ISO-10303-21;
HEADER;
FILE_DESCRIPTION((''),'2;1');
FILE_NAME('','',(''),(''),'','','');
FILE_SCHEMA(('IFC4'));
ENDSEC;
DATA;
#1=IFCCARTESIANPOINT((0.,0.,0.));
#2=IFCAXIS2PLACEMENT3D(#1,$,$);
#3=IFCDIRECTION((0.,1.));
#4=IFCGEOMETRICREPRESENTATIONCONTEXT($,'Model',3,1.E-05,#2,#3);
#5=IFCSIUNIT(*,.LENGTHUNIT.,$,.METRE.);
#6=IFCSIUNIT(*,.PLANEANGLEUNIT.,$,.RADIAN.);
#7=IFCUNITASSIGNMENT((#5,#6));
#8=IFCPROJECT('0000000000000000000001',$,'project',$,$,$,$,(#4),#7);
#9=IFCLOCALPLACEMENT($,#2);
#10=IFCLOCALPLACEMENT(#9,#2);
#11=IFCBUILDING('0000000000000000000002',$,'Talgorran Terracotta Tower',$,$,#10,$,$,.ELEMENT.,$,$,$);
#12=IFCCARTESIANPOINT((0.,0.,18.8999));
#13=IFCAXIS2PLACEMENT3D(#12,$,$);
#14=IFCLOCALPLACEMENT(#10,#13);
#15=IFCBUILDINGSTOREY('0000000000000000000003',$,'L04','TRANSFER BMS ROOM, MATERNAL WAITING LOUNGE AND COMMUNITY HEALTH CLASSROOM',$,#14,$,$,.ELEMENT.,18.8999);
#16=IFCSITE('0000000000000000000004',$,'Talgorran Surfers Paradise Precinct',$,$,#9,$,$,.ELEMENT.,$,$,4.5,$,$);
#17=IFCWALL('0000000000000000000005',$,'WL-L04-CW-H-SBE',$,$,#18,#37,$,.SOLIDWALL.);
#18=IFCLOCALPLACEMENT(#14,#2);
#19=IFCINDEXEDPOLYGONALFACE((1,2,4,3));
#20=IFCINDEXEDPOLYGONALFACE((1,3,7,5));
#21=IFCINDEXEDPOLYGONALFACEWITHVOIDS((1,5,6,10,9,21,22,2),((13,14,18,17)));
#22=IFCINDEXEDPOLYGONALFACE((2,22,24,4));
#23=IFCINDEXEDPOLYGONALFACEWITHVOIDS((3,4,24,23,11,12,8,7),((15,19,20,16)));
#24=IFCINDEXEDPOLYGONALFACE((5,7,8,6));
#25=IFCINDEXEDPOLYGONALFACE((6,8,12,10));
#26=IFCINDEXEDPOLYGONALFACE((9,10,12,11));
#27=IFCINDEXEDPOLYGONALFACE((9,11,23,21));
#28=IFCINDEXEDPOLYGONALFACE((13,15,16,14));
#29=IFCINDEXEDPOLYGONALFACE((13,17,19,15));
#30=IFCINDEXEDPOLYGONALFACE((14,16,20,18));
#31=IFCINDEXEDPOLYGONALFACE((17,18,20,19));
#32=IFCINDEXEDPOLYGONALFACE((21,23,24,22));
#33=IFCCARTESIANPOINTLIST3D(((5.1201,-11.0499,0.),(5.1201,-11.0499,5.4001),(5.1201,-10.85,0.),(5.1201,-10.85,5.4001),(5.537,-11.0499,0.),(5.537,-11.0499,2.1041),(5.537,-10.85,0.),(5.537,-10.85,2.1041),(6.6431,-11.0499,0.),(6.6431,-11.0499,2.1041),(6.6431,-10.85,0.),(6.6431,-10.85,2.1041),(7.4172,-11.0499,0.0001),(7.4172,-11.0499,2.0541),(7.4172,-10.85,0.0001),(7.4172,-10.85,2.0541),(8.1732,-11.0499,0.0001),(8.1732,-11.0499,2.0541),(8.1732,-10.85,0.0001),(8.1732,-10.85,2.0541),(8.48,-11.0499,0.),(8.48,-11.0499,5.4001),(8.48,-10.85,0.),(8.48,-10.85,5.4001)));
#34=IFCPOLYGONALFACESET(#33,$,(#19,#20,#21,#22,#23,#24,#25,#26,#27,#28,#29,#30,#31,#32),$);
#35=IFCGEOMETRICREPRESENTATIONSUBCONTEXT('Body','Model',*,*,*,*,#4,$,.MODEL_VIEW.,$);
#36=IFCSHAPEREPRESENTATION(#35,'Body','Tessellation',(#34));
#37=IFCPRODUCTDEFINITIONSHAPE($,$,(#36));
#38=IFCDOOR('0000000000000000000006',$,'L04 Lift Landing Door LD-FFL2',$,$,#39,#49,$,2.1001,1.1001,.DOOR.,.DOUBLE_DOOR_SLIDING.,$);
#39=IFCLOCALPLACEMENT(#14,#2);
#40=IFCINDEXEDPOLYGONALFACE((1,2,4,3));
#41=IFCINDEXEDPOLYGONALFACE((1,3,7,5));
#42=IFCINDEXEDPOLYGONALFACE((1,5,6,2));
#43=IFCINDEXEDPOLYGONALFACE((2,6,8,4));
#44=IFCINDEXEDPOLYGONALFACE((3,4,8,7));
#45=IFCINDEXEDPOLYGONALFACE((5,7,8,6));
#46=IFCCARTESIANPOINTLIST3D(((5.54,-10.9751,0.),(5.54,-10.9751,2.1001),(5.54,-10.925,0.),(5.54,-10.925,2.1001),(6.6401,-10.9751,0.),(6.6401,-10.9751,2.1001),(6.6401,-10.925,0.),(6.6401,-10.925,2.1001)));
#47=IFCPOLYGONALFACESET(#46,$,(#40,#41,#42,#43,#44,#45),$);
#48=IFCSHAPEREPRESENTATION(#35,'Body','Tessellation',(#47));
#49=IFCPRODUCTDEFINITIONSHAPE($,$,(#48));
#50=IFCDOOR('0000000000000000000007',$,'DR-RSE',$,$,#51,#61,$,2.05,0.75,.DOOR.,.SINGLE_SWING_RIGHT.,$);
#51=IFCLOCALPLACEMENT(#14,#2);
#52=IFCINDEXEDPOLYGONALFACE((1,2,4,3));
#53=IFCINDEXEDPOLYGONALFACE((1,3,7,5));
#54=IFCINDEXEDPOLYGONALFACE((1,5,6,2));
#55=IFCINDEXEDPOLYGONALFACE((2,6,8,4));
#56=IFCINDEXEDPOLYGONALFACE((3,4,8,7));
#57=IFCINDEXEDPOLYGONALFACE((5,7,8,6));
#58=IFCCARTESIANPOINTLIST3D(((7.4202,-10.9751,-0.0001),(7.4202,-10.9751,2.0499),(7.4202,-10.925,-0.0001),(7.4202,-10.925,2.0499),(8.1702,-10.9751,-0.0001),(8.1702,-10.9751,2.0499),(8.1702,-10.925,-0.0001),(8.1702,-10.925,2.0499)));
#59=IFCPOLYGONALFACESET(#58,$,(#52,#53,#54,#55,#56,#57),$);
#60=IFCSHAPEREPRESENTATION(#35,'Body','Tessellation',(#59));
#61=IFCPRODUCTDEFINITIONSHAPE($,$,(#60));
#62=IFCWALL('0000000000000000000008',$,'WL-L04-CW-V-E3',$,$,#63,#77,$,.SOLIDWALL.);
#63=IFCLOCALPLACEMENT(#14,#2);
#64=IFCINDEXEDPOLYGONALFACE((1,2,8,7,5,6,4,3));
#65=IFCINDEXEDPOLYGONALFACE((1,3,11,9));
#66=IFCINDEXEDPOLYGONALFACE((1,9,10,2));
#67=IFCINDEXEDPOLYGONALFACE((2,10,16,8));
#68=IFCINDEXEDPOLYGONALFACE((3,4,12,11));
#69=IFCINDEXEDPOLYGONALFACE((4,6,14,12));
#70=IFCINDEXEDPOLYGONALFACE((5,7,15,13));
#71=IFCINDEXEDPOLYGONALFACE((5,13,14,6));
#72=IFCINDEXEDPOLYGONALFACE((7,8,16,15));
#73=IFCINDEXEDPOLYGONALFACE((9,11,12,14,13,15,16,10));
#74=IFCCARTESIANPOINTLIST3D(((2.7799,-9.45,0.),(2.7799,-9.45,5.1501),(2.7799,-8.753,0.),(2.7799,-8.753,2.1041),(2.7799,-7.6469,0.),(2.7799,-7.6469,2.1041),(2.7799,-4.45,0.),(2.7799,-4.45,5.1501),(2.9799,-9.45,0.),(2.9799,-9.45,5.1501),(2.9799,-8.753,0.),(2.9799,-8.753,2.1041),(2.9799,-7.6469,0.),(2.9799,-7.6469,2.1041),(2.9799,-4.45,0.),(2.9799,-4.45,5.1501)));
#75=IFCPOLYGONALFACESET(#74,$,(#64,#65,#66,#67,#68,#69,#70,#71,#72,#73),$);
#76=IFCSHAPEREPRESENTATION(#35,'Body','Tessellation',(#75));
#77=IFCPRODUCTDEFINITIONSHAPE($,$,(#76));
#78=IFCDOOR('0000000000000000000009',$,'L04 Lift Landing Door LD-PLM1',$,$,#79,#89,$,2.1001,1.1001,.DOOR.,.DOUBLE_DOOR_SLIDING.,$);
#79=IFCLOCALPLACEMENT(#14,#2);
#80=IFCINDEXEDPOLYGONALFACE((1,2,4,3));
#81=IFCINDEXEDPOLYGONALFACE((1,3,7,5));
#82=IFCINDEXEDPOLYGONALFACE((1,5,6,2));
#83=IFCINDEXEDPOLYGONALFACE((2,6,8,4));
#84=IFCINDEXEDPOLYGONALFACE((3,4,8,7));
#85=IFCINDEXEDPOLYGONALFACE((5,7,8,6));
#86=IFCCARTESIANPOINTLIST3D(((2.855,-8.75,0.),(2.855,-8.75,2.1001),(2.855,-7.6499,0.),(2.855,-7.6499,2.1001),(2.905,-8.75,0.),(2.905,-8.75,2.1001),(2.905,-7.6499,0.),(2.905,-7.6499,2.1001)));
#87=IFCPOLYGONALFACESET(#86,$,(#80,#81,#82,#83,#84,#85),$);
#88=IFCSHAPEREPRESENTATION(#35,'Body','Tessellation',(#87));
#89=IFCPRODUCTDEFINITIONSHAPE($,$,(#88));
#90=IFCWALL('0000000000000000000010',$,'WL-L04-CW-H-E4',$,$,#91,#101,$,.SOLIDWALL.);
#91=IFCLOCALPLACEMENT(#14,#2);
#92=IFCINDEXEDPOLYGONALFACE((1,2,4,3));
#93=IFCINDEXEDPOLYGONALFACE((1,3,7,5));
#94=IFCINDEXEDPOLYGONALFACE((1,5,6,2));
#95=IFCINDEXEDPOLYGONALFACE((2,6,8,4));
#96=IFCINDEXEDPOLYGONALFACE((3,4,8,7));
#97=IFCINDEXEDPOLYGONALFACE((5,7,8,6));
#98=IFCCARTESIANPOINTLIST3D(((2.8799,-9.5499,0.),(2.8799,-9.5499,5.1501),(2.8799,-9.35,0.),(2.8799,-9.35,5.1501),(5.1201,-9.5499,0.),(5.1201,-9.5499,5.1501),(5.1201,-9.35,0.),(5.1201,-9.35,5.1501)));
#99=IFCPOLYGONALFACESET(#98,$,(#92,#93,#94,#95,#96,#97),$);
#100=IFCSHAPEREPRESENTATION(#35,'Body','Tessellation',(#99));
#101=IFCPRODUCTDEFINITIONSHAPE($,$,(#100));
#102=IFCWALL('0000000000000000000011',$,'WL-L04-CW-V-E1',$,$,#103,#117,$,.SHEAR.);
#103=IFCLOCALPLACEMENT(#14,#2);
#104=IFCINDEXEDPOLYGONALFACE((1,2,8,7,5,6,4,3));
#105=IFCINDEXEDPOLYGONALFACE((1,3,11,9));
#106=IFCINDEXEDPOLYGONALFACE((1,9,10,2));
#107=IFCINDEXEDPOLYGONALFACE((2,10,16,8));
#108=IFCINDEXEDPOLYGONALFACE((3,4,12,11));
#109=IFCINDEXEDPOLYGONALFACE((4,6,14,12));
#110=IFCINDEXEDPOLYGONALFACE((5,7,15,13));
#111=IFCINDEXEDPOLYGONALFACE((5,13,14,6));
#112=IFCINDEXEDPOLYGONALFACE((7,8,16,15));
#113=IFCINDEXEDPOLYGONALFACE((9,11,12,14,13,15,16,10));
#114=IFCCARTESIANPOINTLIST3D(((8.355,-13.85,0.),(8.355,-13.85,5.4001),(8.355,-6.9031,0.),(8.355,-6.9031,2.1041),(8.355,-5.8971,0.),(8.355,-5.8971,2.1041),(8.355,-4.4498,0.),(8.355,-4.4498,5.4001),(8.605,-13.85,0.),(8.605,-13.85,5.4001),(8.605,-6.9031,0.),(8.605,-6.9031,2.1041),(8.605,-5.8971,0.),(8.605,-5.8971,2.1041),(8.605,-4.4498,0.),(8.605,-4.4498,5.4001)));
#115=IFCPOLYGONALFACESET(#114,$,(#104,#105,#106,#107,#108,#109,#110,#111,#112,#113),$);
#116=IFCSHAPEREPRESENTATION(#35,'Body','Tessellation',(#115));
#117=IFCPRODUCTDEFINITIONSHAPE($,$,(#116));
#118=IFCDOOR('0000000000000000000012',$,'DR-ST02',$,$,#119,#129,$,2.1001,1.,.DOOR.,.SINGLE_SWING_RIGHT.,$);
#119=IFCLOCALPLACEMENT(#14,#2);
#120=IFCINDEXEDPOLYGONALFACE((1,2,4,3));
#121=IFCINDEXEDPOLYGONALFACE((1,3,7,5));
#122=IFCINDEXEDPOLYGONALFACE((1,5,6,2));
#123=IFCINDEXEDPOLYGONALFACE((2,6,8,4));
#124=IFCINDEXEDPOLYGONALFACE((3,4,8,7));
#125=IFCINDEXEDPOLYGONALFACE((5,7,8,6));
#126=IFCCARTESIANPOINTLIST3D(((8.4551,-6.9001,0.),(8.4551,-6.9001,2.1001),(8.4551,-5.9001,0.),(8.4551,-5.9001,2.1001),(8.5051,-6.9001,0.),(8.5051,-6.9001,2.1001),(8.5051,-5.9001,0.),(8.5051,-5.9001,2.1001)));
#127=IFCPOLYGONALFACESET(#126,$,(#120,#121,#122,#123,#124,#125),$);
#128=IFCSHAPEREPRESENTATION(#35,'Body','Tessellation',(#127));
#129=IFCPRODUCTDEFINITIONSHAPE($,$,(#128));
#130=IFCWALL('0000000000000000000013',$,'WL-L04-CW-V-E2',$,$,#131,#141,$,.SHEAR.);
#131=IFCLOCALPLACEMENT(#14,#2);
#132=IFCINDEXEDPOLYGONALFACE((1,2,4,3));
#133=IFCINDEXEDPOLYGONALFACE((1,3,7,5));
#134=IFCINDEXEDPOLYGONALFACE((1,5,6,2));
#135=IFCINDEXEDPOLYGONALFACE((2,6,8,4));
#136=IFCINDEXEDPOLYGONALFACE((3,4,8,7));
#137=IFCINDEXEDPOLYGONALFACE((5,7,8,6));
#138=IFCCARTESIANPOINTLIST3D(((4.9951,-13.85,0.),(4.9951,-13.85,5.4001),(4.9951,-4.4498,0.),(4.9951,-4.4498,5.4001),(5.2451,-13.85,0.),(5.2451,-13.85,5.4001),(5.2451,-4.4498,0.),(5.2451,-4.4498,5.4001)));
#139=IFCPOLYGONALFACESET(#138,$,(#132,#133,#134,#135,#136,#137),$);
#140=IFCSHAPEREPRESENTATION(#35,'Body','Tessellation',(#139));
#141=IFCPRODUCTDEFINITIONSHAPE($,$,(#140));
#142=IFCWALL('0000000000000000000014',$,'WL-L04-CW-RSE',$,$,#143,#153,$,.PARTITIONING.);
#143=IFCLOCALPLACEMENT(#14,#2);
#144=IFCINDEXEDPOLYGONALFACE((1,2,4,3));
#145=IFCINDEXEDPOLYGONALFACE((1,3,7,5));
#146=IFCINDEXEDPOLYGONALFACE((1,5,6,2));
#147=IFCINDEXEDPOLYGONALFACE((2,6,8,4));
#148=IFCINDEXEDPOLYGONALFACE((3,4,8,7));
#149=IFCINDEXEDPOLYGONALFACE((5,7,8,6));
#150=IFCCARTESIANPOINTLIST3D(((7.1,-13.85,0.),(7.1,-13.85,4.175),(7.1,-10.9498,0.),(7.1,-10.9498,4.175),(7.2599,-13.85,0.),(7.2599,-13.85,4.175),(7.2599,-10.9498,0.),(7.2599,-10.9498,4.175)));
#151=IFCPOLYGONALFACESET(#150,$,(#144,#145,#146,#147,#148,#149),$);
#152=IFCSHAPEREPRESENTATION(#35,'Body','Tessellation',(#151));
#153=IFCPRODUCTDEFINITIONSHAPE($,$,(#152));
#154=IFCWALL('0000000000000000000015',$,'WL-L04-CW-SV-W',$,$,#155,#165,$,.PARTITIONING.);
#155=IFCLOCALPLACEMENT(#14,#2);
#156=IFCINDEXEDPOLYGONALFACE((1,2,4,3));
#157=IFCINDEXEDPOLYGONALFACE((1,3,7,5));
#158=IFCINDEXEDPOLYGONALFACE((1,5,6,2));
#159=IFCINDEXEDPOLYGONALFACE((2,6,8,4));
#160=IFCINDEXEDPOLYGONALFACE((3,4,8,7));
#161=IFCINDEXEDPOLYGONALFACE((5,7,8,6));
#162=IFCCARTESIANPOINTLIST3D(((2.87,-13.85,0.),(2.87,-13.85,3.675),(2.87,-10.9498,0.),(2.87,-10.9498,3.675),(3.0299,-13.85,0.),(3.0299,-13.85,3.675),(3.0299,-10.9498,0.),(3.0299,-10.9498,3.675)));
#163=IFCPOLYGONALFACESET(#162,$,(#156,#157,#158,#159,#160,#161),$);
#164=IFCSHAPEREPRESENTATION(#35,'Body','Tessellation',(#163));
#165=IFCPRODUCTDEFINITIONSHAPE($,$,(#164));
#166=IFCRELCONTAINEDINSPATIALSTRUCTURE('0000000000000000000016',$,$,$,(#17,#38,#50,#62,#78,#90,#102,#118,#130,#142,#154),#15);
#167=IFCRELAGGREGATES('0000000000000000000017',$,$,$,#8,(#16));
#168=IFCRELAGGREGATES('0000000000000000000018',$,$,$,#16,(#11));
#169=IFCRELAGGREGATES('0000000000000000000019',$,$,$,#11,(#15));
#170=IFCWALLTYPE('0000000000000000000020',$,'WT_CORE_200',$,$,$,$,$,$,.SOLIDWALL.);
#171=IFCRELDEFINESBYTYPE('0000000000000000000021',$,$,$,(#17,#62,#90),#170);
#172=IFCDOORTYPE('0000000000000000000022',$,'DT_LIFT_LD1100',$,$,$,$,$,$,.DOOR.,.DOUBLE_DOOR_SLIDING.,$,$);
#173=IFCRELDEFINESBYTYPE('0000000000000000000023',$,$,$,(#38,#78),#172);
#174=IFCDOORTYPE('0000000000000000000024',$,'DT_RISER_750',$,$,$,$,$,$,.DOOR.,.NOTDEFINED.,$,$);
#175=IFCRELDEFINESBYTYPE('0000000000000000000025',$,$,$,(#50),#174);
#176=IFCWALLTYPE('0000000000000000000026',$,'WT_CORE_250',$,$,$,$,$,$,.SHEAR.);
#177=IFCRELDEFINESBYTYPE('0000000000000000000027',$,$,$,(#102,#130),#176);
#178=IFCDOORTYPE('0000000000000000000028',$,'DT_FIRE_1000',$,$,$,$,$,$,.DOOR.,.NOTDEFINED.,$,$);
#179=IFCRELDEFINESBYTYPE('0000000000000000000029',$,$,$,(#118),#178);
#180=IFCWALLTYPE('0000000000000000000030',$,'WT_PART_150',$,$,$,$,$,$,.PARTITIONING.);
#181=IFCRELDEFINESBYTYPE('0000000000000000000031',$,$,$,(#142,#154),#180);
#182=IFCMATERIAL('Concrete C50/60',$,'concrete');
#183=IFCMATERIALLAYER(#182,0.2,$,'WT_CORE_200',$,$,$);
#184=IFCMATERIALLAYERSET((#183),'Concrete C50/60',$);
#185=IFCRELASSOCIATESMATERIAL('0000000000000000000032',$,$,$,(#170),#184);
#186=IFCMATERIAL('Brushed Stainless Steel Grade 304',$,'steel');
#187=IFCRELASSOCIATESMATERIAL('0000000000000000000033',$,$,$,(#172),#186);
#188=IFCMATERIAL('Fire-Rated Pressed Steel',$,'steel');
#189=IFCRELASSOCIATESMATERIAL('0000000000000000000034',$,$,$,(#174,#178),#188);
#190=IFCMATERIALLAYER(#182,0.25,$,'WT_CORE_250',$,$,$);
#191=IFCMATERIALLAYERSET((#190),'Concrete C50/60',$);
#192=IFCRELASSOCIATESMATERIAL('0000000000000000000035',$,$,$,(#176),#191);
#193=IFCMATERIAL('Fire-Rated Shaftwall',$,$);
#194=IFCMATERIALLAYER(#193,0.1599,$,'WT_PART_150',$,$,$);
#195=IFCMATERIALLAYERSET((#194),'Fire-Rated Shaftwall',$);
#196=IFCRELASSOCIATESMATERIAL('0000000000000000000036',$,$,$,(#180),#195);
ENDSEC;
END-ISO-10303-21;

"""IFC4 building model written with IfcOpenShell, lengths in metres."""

from ifc_helpers import new_model, si_unit, direction, frame, frame_2d, origin, place, context, subcontext, project, spatial, rectangle, extrude, material, layer, layer_set, type_object, element, fill, save


model = new_model("IFC4")

# Units and contexts
model_context = context("Model", 3, precision=1e-05, world=origin(), true_north=direction((0.0, 1.0)))
body_context = subcontext(model_context, "Body", "Model", "MODEL_VIEW")
ifc_project = project(units=[si_unit("LENGTHUNIT", "METRE"), si_unit("PLANEANGLEUNIT", "RADIAN")], contexts=[model_context])

# Site, building, storey
site_placement = place(None, origin())
site = spatial("IfcSite", under=ifc_project, at=site_placement, Name="Talgorran Surfers Paradise Precinct", CompositionType="ELEMENT", RefElevation=4.5)
building_placement = place(site_placement, origin())
building = spatial("IfcBuilding", under=site, at=building_placement, Name="Talgorran Terracotta Tower", CompositionType="ELEMENT")
storey_placement = place(building_placement, frame((0.0, 0.0, 18.8999)))
storey = spatial("IfcBuildingStorey", under=building, at=storey_placement, Name="L04", Description="TRANSFER BMS ROOM, MATERNAL WAITING LOUNGE AND COMMUNITY HEALTH CLASSROOM", CompositionType="ELEMENT", Elevation=18.8999)

# Shared definitions
ifc_material_1 = material(Name="Concrete C50/60", Category="concrete")
ifc_layer_1 = layer(ifc_material_1, 0.2, Name="WT_CORE_200")
ifc_layer_set_1 = layer_set([ifc_layer_1], Name="Concrete C50/60")
wall_type_1 = type_object("IfcWallType", Name="WT_CORE_200", PredefinedType="SOLIDWALL", material=ifc_layer_set_1)

# Wall, openings, doors
wall_1_placement = place(storey_placement, frame((5.1201, -10.95, 0.0), z_axis=(0.0, 0.0, 1.0), x_axis=(1.0, 0.0, 0.0)))
wall_1 = element("IfcWall", 1, at=wall_1_placement, inside=storey, type_object=wall_type_1, Name="WL-L04-CW-H-SBE", PredefinedType="SOLIDWALL", context=body_context, shape_type="SweptSolid", body=[
    extrude(rectangle(XDim=3.3599, YDim=0.2, at=frame_2d((1.6799, 0.0))), origin(), (0.0, 0.0, 1.0), 5.4001),
])
opening_1_placement = place(wall_1_placement, frame((0.4199, 0.0, 0.0)))
opening_1 = element("IfcOpeningElement", 2, at=opening_1_placement, cuts=wall_1, PredefinedType="OPENING", context=body_context, shape_type="SweptSolid", body=[
    extrude(rectangle(XDim=1.1061, YDim=2.1041, at=frame_2d((0.55, 1.052))), frame((0.0, 0.1099, 0.0), z_axis=(0.0, -1.0, 0.0), x_axis=(1.0, 0.0, 0.0)), (0.0, 0.0, 1.0), 0.22),
])
opening_2_placement = place(wall_1_placement, frame((2.3, 0.0, 0.0)))
opening_2 = element("IfcOpeningElement", 3, at=opening_2_placement, cuts=wall_1, PredefinedType="OPENING", context=body_context, shape_type="SweptSolid", body=[
    extrude(rectangle(XDim=0.756, YDim=2.054, at=frame_2d((0.375, 1.0271))), frame((0.0, 0.1099, 0.0), z_axis=(0.0, -1.0, 0.0), x_axis=(1.0, 0.0, 0.0)), (0.0, 0.0, 1.0), 0.22),
])
ifc_material_2 = material(Name="Brushed Stainless Steel Grade 304", Category="steel")
door_type_1 = type_object("IfcDoorType", Name="DT_LIFT_LD1100", OperationType="DOUBLE_DOOR_SLIDING", PredefinedType="DOOR", material=ifc_material_2)
door_1_placement = place(opening_1_placement, origin())
door_1 = element("IfcDoor", 4, at=door_1_placement, inside=storey, type_object=door_type_1, Name="L04 Lift Landing Door LD-FFL2", OperationType="DOUBLE_DOOR_SLIDING", OverallHeight=2.1001, OverallWidth=1.1001, PredefinedType="DOOR", context=body_context, shape_type="SweptSolid", body=[
    extrude(rectangle(XDim=1.1001, YDim=2.1001, at=frame_2d((0.55, 1.05))), frame((0.0, 0.0249, 0.0), z_axis=(0.0, -1.0, 0.0), x_axis=(1.0, 0.0, 0.0)), (0.0, 0.0, 1.0), 0.05),
])
fill(opening_1, door_1)
ifc_material_3 = material(Name="Fire-Rated Pressed Steel", Category="steel")
door_type_2 = type_object("IfcDoorType", Name="DT_RISER_750", OperationType="NOTDEFINED", PredefinedType="DOOR", material=ifc_material_3)
door_2_placement = place(opening_2_placement, origin())
door_2 = element("IfcDoor", 5, at=door_2_placement, inside=storey, type_object=door_type_2, Name="DR-RSE", OperationType="SINGLE_SWING_RIGHT", OverallHeight=2.05, OverallWidth=0.75, PredefinedType="DOOR", context=body_context, shape_type="SweptSolid", body=[
    extrude(rectangle(XDim=0.75, YDim=2.05, at=frame_2d((0.375, 1.0249))), frame((0.0, 0.0249, 0.0), z_axis=(0.0, -1.0, 0.0), x_axis=(1.0, 0.0, 0.0)), (0.0, 0.0, 1.0), 0.05),
])
fill(opening_2, door_2)

# Wall, opening, door
wall_2_placement = place(storey_placement, frame((2.8799, -9.45, 0.0), z_axis=(0.0, 0.0, 1.0), x_axis=(0.0, 1.0, 0.0)))
wall_2 = element("IfcWall", 6, at=wall_2_placement, inside=storey, type_object=wall_type_1, Name="WL-L04-CW-V-E3", PredefinedType="SOLIDWALL", context=body_context, shape_type="SweptSolid", body=[
    extrude(rectangle(XDim=5.0, YDim=0.2, at=frame_2d((2.5, 0.0))), origin(), (0.0, 0.0, 1.0), 5.1501),
])
opening_3_placement = place(wall_2_placement, frame((0.7, 0.0, 0.0)))
opening_3 = element("IfcOpeningElement", 7, at=opening_3_placement, cuts=wall_2, PredefinedType="OPENING", context=body_context, shape_type="SweptSolid", body=[
    extrude(rectangle(XDim=1.1061, YDim=2.1041, at=frame_2d((0.55, 1.052))), frame((0.0, 0.1099, 0.0), z_axis=(0.0, -1.0, 0.0), x_axis=(1.0, 0.0, 0.0)), (0.0, 0.0, 1.0), 0.22),
])
door_3_placement = place(opening_3_placement, origin())
door_3 = element("IfcDoor", 8, at=door_3_placement, inside=storey, type_object=door_type_1, Name="L04 Lift Landing Door LD-PLM1", OperationType="DOUBLE_DOOR_SLIDING", OverallHeight=2.1001, OverallWidth=1.1001, PredefinedType="DOOR", context=body_context, shape_type="SweptSolid", body=[
    extrude(rectangle(XDim=1.1001, YDim=2.1001, at=frame_2d((0.55, 1.05))), frame((0.0, 0.0249, 0.0), z_axis=(0.0, -1.0, 0.0), x_axis=(1.0, 0.0, 0.0)), (0.0, 0.0, 1.0), 0.05),
])
fill(opening_3, door_3)

# Wall
wall_3_placement = place(storey_placement, frame((2.8799, -9.45, 0.0), z_axis=(0.0, 0.0, 1.0), x_axis=(1.0, 0.0, 0.0)))
element("IfcWall", 9, at=wall_3_placement, inside=storey, type_object=wall_type_1, Name="WL-L04-CW-H-E4", PredefinedType="SOLIDWALL", context=body_context, shape_type="SweptSolid", body=[
    extrude(rectangle(XDim=2.2402, YDim=0.2, at=frame_2d((1.1201, 0.0))), origin(), (0.0, 0.0, 1.0), 5.1501),
])

# Wall, opening, door
ifc_layer_2 = layer(ifc_material_1, 0.25, Name="WT_CORE_250")
ifc_layer_set_2 = layer_set([ifc_layer_2], Name="Concrete C50/60")
wall_type_2 = type_object("IfcWallType", Name="WT_CORE_250", PredefinedType="SHEAR", material=ifc_layer_set_2)
wall_4_placement = place(storey_placement, frame((8.48, -13.8501, 0.0), z_axis=(0.0, 0.0, 1.0), x_axis=(0.0, 1.0, 0.0)))
wall_4 = element("IfcWall", 10, at=wall_4_placement, inside=storey, type_object=wall_type_2, Name="WL-L04-CW-V-E1", PredefinedType="SHEAR", context=body_context, shape_type="SweptSolid", body=[
    extrude(rectangle(XDim=9.4001, YDim=0.25, at=frame_2d((4.7002, 0.0))), origin(), (0.0, 0.0, 1.0), 5.4001),
])
opening_4_placement = place(wall_4_placement, frame((6.95, 0.0, 0.0)))
opening_4 = element("IfcOpeningElement", 11, at=opening_4_placement, cuts=wall_4, PredefinedType="OPENING", context=body_context, shape_type="SweptSolid", body=[
    extrude(rectangle(XDim=1.006, YDim=2.1041, at=frame_2d((0.5, 1.052))), frame((0.0, 0.135, 0.0), z_axis=(0.0, -1.0, 0.0), x_axis=(1.0, 0.0, 0.0)), (0.0, 0.0, 1.0), 0.27),
])
door_type_3 = type_object("IfcDoorType", Name="DT_FIRE_1000", OperationType="NOTDEFINED", PredefinedType="DOOR", material=ifc_material_3)
door_4_placement = place(opening_4_placement, origin())
door_4 = element("IfcDoor", 12, at=door_4_placement, inside=storey, type_object=door_type_3, Name="DR-ST02", OperationType="SINGLE_SWING_RIGHT", OverallHeight=2.1001, OverallWidth=1.0, PredefinedType="DOOR", context=body_context, shape_type="SweptSolid", body=[
    extrude(rectangle(XDim=1.0, YDim=2.1001, at=frame_2d((0.5, 1.05))), frame((0.0, 0.0249, 0.0), z_axis=(0.0, -1.0, 0.0), x_axis=(1.0, 0.0, 0.0)), (0.0, 0.0, 1.0), 0.05),
])
fill(opening_4, door_4)

# Walls
wall_5_placement = place(storey_placement, frame((5.1201, -13.8501, 0.0), z_axis=(0.0, 0.0, 1.0), x_axis=(0.0, 1.0, 0.0)))
element("IfcWall", 13, at=wall_5_placement, inside=storey, type_object=wall_type_2, Name="WL-L04-CW-V-E2", PredefinedType="SHEAR", context=body_context, shape_type="SweptSolid", body=[
    extrude(rectangle(XDim=9.4001, YDim=0.25, at=frame_2d((4.7002, 0.0))), origin(), (0.0, 0.0, 1.0), 5.4001),
])
ifc_material_4 = material(Name="Fire-Rated Shaftwall")
ifc_layer_3 = layer(ifc_material_4, 0.1599, Name="WT_PART_150")
ifc_layer_set_3 = layer_set([ifc_layer_3], Name="Fire-Rated Shaftwall")
wall_type_3 = type_object("IfcWallType", Name="WT_PART_150", PredefinedType="PARTITIONING", material=ifc_layer_set_3)
wall_6_placement = place(storey_placement, frame((7.1799, -13.8501, 0.0), z_axis=(0.0, 0.0, 1.0), x_axis=(0.0, 1.0, 0.0)))
element("IfcWall", 14, at=wall_6_placement, inside=storey, type_object=wall_type_3, Name="WL-L04-CW-RSE", PredefinedType="PARTITIONING", context=body_context, shape_type="SweptSolid", body=[
    extrude(rectangle(XDim=2.9001, YDim=0.1599, at=frame_2d((1.4502, 0.0))), origin(), (0.0, 0.0, 1.0), 4.175),
])
wall_7_placement = place(storey_placement, frame((2.95, -13.8501, 0.0), z_axis=(0.0, 0.0, 1.0), x_axis=(0.0, 1.0, 0.0)))
element("IfcWall", 15, at=wall_7_placement, inside=storey, type_object=wall_type_3, Name="WL-L04-CW-SV-W", PredefinedType="PARTITIONING", context=body_context, shape_type="SweptSolid", body=[
    extrude(rectangle(XDim=2.9001, YDim=0.1599, at=frame_2d((1.4502, 0.0))), origin(), (0.0, 0.0, 1.0), 3.675),
])

save(model, "model.ifc")
